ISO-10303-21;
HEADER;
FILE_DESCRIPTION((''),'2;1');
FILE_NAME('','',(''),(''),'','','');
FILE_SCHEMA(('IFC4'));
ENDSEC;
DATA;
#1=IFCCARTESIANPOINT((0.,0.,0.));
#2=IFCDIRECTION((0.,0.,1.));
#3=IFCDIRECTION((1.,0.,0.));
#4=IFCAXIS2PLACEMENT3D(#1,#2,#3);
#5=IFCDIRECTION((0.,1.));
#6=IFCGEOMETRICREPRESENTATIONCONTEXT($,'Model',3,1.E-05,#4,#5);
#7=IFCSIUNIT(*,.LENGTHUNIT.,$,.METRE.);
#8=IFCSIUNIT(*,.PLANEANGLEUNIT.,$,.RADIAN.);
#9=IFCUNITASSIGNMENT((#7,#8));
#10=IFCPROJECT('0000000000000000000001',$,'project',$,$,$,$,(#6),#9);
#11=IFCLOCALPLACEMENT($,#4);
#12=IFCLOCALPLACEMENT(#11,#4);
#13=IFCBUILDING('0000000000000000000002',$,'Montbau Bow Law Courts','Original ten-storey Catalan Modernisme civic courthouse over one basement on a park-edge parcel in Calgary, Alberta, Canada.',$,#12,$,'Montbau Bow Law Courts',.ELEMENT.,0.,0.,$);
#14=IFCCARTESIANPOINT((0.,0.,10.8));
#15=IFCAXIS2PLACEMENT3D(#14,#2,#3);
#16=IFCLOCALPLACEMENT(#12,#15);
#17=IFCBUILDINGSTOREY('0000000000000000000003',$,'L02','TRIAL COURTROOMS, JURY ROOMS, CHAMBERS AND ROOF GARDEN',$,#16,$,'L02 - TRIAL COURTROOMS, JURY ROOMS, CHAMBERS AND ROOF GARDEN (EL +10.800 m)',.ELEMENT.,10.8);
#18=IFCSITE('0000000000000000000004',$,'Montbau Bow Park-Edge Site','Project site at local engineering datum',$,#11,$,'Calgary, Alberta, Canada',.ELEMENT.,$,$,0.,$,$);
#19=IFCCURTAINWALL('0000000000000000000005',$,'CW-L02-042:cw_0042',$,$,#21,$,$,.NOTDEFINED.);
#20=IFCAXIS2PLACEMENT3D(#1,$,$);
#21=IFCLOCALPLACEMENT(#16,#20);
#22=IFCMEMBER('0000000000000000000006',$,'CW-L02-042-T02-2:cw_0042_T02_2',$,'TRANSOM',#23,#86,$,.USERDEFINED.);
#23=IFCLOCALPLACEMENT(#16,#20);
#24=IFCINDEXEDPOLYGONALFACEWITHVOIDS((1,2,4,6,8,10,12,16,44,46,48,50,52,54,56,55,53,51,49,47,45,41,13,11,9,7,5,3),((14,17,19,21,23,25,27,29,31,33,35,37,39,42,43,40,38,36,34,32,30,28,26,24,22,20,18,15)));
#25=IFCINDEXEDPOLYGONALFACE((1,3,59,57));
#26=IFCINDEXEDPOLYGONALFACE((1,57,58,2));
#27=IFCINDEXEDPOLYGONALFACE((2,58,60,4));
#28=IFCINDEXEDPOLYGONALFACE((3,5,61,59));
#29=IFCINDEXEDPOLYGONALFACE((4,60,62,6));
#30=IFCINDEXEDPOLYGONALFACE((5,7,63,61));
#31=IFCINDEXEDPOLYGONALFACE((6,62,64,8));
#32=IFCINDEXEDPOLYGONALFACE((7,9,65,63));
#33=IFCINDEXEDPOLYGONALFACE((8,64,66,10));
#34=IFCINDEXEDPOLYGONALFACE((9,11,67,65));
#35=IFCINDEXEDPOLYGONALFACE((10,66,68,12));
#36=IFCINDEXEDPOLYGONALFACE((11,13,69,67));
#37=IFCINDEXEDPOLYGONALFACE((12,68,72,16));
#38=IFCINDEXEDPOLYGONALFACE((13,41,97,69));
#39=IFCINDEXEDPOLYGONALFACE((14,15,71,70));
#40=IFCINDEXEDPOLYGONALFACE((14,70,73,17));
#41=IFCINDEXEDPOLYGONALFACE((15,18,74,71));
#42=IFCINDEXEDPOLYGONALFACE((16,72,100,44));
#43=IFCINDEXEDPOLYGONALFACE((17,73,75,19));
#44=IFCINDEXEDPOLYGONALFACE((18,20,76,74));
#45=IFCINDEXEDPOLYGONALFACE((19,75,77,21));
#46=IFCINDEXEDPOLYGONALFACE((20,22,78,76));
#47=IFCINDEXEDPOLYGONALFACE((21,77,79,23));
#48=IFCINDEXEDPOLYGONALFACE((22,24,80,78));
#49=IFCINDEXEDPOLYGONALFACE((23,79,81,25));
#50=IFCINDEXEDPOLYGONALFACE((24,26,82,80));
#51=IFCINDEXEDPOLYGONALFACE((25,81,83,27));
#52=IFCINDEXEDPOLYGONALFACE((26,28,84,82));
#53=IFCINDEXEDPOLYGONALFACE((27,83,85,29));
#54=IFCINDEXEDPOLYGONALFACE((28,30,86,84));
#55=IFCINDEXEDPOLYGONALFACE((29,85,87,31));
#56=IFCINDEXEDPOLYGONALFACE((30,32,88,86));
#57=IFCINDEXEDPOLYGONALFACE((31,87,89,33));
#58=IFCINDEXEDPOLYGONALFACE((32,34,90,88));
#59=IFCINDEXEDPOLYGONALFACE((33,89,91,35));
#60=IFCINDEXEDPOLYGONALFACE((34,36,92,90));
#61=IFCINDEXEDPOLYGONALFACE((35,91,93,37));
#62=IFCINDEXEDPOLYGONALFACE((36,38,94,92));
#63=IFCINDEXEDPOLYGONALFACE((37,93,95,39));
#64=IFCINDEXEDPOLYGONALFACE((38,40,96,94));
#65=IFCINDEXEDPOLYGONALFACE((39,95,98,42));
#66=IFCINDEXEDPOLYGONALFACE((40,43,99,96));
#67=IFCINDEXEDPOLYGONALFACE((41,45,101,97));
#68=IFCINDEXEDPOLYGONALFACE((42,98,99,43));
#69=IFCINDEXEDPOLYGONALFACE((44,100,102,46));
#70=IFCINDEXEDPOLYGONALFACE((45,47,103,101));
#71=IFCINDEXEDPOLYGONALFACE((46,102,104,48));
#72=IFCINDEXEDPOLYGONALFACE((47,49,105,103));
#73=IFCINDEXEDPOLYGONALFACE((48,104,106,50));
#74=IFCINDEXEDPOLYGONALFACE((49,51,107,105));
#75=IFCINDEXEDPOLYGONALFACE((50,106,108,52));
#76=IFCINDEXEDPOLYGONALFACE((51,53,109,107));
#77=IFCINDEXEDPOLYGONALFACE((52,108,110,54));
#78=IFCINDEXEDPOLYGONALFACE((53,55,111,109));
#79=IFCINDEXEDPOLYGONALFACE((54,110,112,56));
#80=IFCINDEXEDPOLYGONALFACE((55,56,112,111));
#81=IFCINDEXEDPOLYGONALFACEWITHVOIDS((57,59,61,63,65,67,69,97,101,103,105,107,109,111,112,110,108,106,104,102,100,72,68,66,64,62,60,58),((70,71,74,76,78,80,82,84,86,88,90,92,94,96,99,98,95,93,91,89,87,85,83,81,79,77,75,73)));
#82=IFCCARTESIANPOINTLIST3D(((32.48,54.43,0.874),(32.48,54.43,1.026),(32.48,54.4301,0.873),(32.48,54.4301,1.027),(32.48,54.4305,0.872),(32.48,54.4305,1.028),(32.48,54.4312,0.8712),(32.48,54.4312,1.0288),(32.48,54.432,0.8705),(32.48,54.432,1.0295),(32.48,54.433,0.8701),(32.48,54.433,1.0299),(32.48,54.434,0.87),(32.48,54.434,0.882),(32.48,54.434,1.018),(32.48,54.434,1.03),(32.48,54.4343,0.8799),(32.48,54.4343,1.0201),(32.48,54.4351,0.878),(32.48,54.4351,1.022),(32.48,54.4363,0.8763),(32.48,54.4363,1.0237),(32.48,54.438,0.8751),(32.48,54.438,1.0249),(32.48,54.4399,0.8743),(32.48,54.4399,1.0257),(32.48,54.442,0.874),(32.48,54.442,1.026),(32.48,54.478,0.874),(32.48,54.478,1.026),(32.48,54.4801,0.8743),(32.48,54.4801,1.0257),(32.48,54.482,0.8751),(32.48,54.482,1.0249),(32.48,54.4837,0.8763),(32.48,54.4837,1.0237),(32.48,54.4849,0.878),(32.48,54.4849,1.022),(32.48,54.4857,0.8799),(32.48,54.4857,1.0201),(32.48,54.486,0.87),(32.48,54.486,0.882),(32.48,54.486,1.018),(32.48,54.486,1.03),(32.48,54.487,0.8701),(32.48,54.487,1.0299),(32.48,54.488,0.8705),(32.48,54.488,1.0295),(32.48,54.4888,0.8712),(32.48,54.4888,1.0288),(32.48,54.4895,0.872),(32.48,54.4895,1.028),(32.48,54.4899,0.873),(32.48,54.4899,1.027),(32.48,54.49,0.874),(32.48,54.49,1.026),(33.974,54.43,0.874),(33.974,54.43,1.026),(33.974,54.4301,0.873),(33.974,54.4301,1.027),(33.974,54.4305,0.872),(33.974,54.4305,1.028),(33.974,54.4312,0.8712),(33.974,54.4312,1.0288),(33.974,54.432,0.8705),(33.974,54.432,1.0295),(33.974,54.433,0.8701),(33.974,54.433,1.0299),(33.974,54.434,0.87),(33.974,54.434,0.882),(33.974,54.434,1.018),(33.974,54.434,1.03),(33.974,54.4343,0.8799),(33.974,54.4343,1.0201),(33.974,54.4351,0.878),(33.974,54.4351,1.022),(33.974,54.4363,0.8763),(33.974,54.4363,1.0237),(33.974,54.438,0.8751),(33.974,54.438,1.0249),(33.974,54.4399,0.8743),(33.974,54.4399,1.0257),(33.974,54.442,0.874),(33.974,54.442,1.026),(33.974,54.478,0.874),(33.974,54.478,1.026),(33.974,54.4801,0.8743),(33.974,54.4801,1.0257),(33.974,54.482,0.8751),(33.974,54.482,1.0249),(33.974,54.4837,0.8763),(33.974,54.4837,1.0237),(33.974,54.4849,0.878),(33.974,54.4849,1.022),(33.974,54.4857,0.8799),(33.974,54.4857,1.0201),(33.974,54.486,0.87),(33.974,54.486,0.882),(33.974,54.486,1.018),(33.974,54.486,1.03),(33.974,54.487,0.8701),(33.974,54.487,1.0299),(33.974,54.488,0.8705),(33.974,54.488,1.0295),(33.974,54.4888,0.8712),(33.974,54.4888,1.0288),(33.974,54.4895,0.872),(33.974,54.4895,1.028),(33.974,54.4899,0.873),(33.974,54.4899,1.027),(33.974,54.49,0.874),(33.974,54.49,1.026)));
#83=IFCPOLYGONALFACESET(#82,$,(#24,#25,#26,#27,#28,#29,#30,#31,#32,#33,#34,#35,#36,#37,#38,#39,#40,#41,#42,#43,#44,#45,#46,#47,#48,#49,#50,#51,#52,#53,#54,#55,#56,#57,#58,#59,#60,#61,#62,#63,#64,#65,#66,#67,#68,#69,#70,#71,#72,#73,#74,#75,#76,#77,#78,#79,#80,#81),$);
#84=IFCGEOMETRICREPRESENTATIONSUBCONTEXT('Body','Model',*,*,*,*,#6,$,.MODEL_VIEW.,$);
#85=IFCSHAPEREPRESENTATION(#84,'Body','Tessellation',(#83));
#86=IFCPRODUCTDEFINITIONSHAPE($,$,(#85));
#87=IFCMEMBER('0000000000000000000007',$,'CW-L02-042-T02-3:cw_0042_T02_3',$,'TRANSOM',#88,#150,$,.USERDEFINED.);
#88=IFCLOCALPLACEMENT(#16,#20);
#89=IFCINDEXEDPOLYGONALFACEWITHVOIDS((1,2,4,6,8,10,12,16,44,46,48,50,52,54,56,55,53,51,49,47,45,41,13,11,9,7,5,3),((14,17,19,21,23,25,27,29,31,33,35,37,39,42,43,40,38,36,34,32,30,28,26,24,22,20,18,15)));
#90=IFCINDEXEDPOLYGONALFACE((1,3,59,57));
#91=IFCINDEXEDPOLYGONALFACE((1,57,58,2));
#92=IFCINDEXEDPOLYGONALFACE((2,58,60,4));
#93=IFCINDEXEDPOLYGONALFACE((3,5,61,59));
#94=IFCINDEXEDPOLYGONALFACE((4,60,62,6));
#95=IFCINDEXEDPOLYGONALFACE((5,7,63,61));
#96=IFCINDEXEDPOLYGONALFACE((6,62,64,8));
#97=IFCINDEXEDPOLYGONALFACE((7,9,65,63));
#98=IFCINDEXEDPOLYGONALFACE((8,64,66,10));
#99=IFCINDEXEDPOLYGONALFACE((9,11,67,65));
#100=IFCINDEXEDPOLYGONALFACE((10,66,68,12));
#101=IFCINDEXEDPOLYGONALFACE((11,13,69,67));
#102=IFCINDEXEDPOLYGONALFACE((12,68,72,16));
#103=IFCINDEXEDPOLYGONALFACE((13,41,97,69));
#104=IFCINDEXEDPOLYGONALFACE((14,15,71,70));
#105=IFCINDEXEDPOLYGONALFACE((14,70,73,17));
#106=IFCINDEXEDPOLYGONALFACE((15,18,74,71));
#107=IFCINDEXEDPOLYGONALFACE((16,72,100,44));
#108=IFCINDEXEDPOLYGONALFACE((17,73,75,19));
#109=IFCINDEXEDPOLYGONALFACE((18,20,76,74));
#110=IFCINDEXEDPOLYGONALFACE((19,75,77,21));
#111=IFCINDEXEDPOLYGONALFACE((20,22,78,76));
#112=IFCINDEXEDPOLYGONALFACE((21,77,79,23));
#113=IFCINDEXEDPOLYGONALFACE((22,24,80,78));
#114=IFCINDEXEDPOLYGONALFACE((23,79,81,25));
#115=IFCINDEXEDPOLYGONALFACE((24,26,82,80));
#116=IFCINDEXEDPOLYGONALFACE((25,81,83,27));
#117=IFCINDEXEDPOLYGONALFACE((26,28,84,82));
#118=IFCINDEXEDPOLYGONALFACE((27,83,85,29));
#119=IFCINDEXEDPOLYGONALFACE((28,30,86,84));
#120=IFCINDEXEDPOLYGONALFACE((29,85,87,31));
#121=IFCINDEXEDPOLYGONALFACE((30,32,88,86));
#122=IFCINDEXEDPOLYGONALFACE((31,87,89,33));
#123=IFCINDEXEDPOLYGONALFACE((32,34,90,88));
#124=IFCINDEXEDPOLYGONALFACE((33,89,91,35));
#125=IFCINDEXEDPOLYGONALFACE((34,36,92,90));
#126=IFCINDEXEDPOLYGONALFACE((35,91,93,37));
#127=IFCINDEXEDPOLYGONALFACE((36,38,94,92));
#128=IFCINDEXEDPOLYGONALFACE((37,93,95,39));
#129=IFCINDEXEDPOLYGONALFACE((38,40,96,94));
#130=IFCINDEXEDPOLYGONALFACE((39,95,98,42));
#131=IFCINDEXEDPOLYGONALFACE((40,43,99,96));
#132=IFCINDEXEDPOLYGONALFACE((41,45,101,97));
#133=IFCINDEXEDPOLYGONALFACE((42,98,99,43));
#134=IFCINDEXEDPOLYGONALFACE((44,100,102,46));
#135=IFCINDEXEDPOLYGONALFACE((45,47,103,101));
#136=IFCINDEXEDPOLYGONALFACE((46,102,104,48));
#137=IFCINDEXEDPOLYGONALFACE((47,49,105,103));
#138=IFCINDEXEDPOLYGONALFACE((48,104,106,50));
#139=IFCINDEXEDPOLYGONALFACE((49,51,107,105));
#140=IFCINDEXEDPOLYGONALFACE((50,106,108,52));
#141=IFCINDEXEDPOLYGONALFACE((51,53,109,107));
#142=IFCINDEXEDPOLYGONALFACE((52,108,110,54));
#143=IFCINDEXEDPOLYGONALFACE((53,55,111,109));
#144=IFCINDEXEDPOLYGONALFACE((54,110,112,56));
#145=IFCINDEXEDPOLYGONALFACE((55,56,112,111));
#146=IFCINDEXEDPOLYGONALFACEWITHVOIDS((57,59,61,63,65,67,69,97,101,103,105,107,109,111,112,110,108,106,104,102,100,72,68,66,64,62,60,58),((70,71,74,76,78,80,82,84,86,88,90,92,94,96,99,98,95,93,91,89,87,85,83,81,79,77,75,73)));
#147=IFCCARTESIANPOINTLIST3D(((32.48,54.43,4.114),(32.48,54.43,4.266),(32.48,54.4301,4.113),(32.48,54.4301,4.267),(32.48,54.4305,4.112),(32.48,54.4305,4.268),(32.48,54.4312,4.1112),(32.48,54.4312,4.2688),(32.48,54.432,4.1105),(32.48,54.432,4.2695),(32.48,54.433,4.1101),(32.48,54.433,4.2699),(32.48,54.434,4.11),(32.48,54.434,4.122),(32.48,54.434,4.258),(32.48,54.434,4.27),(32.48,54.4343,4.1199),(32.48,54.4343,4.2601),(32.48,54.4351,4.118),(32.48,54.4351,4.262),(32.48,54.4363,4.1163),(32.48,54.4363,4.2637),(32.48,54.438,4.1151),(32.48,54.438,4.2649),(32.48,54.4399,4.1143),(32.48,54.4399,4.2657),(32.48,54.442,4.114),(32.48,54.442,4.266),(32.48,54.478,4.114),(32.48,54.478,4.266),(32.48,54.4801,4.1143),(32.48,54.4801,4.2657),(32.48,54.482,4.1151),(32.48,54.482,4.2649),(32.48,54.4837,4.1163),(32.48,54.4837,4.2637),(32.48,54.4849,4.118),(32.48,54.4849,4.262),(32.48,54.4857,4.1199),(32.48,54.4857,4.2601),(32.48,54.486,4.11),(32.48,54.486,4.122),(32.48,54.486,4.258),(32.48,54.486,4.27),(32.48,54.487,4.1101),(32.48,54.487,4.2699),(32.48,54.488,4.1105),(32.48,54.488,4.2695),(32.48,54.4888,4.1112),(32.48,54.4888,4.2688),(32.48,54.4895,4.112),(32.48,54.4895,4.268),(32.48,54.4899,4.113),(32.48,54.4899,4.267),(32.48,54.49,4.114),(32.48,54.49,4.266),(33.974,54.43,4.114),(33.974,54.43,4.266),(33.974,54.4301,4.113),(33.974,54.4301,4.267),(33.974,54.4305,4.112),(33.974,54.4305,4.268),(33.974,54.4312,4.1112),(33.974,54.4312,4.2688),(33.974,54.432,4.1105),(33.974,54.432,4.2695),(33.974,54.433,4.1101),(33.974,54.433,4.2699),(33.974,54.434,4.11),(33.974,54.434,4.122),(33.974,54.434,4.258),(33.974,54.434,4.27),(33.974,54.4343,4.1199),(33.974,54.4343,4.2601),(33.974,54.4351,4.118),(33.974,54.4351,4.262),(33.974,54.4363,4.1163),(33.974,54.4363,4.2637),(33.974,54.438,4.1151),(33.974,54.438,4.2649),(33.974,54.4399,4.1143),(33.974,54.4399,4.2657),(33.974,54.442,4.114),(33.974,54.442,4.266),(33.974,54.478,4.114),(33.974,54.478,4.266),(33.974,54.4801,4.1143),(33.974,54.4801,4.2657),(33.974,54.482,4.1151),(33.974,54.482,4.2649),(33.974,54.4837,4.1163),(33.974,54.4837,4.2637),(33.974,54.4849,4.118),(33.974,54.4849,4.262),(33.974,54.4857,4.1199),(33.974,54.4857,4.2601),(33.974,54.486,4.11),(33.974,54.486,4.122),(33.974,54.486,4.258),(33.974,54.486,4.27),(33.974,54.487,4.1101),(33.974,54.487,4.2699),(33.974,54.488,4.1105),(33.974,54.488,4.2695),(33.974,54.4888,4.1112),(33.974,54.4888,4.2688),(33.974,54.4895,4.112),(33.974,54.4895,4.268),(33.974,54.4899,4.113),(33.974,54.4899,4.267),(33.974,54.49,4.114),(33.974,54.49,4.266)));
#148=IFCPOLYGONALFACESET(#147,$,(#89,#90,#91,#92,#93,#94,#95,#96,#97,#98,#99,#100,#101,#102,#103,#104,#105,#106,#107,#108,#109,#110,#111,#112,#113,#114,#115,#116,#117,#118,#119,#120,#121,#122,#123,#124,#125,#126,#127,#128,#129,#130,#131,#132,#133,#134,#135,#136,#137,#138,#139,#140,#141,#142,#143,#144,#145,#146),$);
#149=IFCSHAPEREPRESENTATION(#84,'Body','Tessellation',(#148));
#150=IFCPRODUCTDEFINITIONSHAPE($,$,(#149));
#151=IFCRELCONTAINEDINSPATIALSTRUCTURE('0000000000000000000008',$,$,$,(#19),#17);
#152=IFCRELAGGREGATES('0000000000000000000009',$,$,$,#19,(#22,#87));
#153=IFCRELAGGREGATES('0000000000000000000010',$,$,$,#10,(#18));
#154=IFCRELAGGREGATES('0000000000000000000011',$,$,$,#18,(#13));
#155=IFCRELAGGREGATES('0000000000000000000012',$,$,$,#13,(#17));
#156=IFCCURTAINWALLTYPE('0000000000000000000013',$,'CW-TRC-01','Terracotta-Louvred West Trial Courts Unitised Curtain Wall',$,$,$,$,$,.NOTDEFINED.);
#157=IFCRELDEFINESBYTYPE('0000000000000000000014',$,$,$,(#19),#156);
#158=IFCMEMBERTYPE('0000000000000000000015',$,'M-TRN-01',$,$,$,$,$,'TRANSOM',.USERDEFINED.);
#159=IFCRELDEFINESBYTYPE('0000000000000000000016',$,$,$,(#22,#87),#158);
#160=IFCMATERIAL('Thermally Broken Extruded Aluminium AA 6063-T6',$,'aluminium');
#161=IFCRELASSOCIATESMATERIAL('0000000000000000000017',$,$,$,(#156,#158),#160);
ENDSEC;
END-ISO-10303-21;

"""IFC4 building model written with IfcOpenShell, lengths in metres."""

from ifc_helpers import new_model, si_unit, direction, frame, origin_with_axes, origin_2d_with_axis, place, context, subcontext, project, spatial, hollow_rectangle, extrude, material, material_profile, profile_set, type_object, element, aggregate, save


model = new_model("IFC4")

# Units and contexts
model_context = context("Model", 3, precision=1e-05, world=origin_with_axes(), true_north=direction((0.0, 1.0)))
body_context = subcontext(model_context, "Body", "Model", "MODEL_VIEW")
ifc_project = project(units=[si_unit("LENGTHUNIT", "METRE"), si_unit("PLANEANGLEUNIT", "RADIAN")], contexts=[model_context])

# Site, building, storey
site_placement = place(None, origin_with_axes())
site = spatial("IfcSite", under=ifc_project, at=site_placement, Name="Montbau Bow Park-Edge Site", Description="Project site at local engineering datum", LongName="Calgary, Alberta, Canada", CompositionType="ELEMENT", RefElevation=0.0)
building_placement = place(site_placement, origin_with_axes())
building = spatial("IfcBuilding", under=site, at=building_placement, Name="Montbau Bow Law Courts", Description="Original ten-storey Catalan Modernisme civic courthouse over one basement on a park-edge parcel in Calgary, Alberta, Canada.", LongName="Montbau Bow Law Courts", CompositionType="ELEMENT", ElevationOfRefHeight=0.0, ElevationOfTerrain=0.0)
storey_placement = place(building_placement, frame((0.0, 0.0, 10.8), z_axis=(0.0, 0.0, 1.0), x_axis=(1.0, 0.0, 0.0)))
storey = spatial("IfcBuildingStorey", under=building, at=storey_placement, Name="L02", Description="TRIAL COURTROOMS, JURY ROOMS, CHAMBERS AND ROOF GARDEN", LongName="L02 - TRIAL COURTROOMS, JURY ROOMS, CHAMBERS AND ROOF GARDEN (EL +10.800 m)", CompositionType="ELEMENT", Elevation=10.8)

# Curtain wall
ifc_material_1 = material(Name="Thermally Broken Extruded Aluminium AA 6063-T6", Category="aluminium")
curtain_wall_type = type_object("IfcCurtainWallType", Name="CW-TRC-01", Description="Terracotta-Louvred West Trial Courts Unitised Curtain Wall", PredefinedType="NOTDEFINED", material=ifc_material_1)
curtain_wall_1_placement = place(None, frame((30.867, 54.46, 10.8), z_axis=(0.0, 0.0, 1.0), x_axis=(1.0, 0.0, 0.0)))
curtain_wall_1 = element("IfcCurtainWall", 1, at=curtain_wall_1_placement, inside=storey, type_object=curtain_wall_type, Name="CW-L02-042:cw_0042", PredefinedType="NOTDEFINED")

# Members
ifc_material_profile_1 = material_profile(ifc_material_1, hollow_rectangle(XDim=0.06, YDim=0.16, WallThickness=0.004, InnerFilletRadius=0.008, OuterFilletRadius=0.004, at=origin_2d_with_axis()), Name="CWT-160X60", Category="Main", Priority=0)
ifc_profile_set_1 = profile_set([ifc_material_profile_1], Name="Thermally Broken Extruded Aluminium AA 6063-T6")
member_type_1 = type_object("IfcMemberType", Name="M-TRN-01", ElementType="TRANSOM", PredefinedType="USERDEFINED", material=ifc_profile_set_1)
member_1_placement = place(None, frame((32.48, 54.46, 11.75), z_axis=(1.0, 0.0, 0.0), x_axis=(0.0, 1.0, 0.0)))
member_1 = element("IfcMember", 2, at=member_1_placement, type_object=member_type_1, Name="CW-L02-042-T02-2:cw_0042_T02_2", ObjectType="TRANSOM", PredefinedType="USERDEFINED", context=body_context, shape_type="SweptSolid", body=[
    extrude(hollow_rectangle(XDim=0.06, YDim=0.16, WallThickness=0.004, InnerFilletRadius=0.008, OuterFilletRadius=0.004, at=origin_2d_with_axis()), origin_with_axes(), (0.0, 0.0, 1.0), 1.494),
])
member_2_placement = place(None, frame((32.48, 54.46, 14.99), z_axis=(1.0, 0.0, 0.0), x_axis=(0.0, 1.0, 0.0)))
member_2 = element("IfcMember", 3, at=member_2_placement, type_object=member_type_1, Name="CW-L02-042-T02-3:cw_0042_T02_3", ObjectType="TRANSOM", PredefinedType="USERDEFINED", context=body_context, shape_type="SweptSolid", body=[
    extrude(hollow_rectangle(XDim=0.06, YDim=0.16, WallThickness=0.004, InnerFilletRadius=0.008, OuterFilletRadius=0.004, at=origin_2d_with_axis()), origin_with_axes(), (0.0, 0.0, 1.0), 1.494),
])

aggregate(curtain_wall_1, [member_1, member_2])

save(model, "model.ifc")
